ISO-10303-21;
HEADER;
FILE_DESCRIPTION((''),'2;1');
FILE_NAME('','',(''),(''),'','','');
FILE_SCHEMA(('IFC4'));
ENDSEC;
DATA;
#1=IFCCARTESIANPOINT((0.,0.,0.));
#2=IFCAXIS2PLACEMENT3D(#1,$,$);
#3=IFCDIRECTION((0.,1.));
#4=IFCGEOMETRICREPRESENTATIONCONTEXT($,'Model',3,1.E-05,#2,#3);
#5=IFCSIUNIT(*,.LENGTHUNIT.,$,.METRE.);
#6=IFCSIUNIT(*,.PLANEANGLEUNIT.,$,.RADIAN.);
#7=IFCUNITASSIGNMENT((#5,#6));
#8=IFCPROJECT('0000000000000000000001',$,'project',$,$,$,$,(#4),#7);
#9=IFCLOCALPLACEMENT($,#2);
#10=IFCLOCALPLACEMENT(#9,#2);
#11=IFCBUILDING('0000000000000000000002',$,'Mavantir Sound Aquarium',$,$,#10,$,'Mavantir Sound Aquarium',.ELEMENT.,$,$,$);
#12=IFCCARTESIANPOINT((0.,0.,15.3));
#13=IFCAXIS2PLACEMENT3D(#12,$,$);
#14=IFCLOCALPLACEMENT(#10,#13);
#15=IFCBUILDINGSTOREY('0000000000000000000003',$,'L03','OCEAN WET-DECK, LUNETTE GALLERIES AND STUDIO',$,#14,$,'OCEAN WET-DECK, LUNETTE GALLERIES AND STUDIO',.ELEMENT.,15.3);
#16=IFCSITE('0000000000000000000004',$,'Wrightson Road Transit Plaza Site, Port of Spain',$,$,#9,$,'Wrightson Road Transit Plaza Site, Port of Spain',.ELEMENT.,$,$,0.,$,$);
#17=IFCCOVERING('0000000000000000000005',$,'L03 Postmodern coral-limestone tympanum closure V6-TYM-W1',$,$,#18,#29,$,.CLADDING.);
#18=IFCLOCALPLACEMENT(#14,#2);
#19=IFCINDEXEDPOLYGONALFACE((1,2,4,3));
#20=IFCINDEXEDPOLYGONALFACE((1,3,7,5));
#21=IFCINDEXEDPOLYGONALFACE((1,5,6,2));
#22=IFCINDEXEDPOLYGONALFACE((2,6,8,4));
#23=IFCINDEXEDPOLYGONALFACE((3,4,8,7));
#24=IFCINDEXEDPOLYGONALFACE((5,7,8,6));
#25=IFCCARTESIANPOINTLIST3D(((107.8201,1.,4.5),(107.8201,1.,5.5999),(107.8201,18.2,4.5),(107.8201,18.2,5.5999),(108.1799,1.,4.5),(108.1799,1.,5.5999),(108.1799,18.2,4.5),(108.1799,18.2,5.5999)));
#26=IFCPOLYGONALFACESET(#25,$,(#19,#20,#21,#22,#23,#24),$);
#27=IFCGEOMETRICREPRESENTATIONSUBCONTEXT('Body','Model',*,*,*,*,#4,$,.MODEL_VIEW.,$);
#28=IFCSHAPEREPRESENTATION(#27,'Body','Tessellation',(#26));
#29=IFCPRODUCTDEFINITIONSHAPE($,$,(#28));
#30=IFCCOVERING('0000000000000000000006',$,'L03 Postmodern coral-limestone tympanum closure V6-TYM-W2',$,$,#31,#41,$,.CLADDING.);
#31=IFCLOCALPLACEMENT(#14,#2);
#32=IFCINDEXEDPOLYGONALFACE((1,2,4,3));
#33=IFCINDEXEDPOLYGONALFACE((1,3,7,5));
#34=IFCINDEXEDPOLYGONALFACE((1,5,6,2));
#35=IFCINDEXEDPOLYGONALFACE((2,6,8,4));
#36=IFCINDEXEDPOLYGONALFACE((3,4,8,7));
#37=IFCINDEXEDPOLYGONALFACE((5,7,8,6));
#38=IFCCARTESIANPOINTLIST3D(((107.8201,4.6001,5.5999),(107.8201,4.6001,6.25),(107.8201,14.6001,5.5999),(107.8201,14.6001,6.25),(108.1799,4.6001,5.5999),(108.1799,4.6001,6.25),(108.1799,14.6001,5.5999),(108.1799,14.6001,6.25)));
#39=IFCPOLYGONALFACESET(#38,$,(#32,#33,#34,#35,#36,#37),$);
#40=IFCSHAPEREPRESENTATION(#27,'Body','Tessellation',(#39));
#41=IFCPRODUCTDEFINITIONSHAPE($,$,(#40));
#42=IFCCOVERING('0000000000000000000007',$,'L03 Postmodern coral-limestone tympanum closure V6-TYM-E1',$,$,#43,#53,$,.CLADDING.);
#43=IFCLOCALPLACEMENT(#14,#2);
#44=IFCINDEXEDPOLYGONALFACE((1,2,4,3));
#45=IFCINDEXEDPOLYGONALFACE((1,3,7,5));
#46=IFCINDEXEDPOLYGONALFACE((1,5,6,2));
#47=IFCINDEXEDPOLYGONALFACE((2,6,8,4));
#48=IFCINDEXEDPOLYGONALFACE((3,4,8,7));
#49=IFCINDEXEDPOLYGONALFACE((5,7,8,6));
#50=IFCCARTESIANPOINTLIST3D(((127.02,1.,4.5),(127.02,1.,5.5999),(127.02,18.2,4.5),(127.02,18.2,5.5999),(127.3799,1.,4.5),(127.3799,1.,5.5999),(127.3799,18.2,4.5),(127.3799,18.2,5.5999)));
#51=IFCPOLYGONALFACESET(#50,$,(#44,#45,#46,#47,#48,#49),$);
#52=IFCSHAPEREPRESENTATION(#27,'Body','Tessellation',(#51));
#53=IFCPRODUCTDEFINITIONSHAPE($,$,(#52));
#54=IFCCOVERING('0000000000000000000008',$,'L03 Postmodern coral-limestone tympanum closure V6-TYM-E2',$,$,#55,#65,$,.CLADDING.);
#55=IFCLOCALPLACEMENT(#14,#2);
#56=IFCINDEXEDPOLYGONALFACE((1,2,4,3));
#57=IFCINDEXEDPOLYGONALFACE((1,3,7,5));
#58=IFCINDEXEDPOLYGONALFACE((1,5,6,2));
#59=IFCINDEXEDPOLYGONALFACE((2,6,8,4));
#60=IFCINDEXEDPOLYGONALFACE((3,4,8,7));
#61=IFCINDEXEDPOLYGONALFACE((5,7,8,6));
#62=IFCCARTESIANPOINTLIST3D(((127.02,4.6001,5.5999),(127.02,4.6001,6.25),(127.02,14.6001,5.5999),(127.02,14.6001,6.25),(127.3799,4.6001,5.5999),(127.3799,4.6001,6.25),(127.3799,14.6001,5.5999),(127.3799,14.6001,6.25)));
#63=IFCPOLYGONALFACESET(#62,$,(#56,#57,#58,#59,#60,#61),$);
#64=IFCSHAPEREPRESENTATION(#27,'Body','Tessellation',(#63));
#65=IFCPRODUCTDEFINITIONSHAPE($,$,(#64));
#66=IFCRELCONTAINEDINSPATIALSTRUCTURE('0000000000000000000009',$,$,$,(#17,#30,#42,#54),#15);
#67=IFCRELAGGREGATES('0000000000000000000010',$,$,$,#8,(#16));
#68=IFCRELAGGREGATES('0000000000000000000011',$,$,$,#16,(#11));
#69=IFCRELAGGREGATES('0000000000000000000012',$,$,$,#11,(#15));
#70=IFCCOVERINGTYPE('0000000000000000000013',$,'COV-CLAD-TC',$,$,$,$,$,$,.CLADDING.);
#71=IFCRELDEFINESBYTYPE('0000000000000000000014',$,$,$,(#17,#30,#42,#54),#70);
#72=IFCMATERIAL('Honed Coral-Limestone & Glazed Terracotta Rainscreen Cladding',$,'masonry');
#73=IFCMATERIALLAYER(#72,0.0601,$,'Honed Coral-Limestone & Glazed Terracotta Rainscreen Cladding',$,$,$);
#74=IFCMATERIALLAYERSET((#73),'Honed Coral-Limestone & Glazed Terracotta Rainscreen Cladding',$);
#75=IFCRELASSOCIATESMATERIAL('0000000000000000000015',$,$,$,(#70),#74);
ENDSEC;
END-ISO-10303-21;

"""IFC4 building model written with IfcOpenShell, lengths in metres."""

from ifc_helpers import new_model, si_unit, direction, frame, origin, place, context, subcontext, project, spatial, polyline, outline, extrude, material, layer, layer_set, type_object, element, save


model = new_model("IFC4")

# Units and contexts
model_context = context("Model", 3, precision=1e-05, world=origin(), true_north=direction((0.0, 1.0)))
body_context = subcontext(model_context, "Body", "Model", "MODEL_VIEW")
ifc_project = project(units=[si_unit("LENGTHUNIT", "METRE"), si_unit("PLANEANGLEUNIT", "RADIAN")], contexts=[model_context])

# Site, building, storey
site_placement = place(None, origin())
site = spatial("IfcSite", under=ifc_project, at=site_placement, Name="Wrightson Road Transit Plaza Site, Port of Spain", LongName="Wrightson Road Transit Plaza Site, Port of Spain", CompositionType="ELEMENT", RefElevation=0.0)
building_placement = place(site_placement, origin())
building = spatial("IfcBuilding", under=site, at=building_placement, Name="Mavantir Sound Aquarium", LongName="Mavantir Sound Aquarium", CompositionType="ELEMENT")
storey_placement = place(building_placement, frame((0.0, 0.0, 15.3)))
storey = spatial("IfcBuildingStorey", under=building, at=storey_placement, Name="L03", Description="OCEAN WET-DECK, LUNETTE GALLERIES AND STUDIO", LongName="OCEAN WET-DECK, LUNETTE GALLERIES AND STUDIO", CompositionType="ELEMENT", Elevation=15.3)

# Coverings
ifc_material_1 = material(Name="Honed Coral-Limestone & Glazed Terracotta Rainscreen Cladding", Category="masonry")
ifc_layer_1 = layer(ifc_material_1, 0.0601, Name="Honed Coral-Limestone & Glazed Terracotta Rainscreen Cladding")
ifc_layer_set_1 = layer_set([ifc_layer_1], Name="Honed Coral-Limestone & Glazed Terracotta Rainscreen Cladding")
covering_type = type_object("IfcCoveringType", Name="COV-CLAD-TC", PredefinedType="CLADDING", material=ifc_layer_set_1)
covering_1_placement = place(storey_placement, frame((0.0, 0.0, 4.5)))
element("IfcCovering", 1, at=covering_1_placement, inside=storey, type_object=covering_type, Name="L03 Postmodern coral-limestone tympanum closure V6-TYM-W1", PredefinedType="CLADDING", context=body_context, shape_type="SweptSolid", body=[
    extrude(outline(polyline([(107.8201, 1.0), (108.1799, 1.0), (108.1799, 18.2), (107.8201, 18.2), (107.8201, 1.0)])), origin(), (0.0, 0.0, 1.0), 1.0999),
])
covering_2_placement = place(storey_placement, frame((0.0, 0.0, 5.5999)))
element("IfcCovering", 2, at=covering_2_placement, inside=storey, type_object=covering_type, Name="L03 Postmodern coral-limestone tympanum closure V6-TYM-W2", PredefinedType="CLADDING", context=body_context, shape_type="SweptSolid", body=[
    extrude(outline(polyline([(107.8201, 4.6001), (108.1799, 4.6001), (108.1799, 14.6001), (107.8201, 14.6001), (107.8201, 4.6001)])), origin(), (0.0, 0.0, 1.0), 0.6501),
])
covering_3_placement = place(storey_placement, frame((0.0, 0.0, 4.5)))
element("IfcCovering", 3, at=covering_3_placement, inside=storey, type_object=covering_type, Name="L03 Postmodern coral-limestone tympanum closure V6-TYM-E1", PredefinedType="CLADDING", context=body_context, shape_type="SweptSolid", body=[
    extrude(outline(polyline([(127.02, 1.0), (127.3799, 1.0), (127.3799, 18.2), (127.02, 18.2), (127.02, 1.0)])), origin(), (0.0, 0.0, 1.0), 1.0999),
])
covering_4_placement = place(storey_placement, frame((0.0, 0.0, 5.5999)))
element("IfcCovering", 4, at=covering_4_placement, inside=storey, type_object=covering_type, Name="L03 Postmodern coral-limestone tympanum closure V6-TYM-E2", PredefinedType="CLADDING", context=body_context, shape_type="SweptSolid", body=[
    extrude(outline(polyline([(127.02, 4.6001), (127.3799, 4.6001), (127.3799, 14.6001), (127.02, 14.6001), (127.02, 4.6001)])), origin(), (0.0, 0.0, 1.0), 0.6501),
])

save(model, "model.ifc")
